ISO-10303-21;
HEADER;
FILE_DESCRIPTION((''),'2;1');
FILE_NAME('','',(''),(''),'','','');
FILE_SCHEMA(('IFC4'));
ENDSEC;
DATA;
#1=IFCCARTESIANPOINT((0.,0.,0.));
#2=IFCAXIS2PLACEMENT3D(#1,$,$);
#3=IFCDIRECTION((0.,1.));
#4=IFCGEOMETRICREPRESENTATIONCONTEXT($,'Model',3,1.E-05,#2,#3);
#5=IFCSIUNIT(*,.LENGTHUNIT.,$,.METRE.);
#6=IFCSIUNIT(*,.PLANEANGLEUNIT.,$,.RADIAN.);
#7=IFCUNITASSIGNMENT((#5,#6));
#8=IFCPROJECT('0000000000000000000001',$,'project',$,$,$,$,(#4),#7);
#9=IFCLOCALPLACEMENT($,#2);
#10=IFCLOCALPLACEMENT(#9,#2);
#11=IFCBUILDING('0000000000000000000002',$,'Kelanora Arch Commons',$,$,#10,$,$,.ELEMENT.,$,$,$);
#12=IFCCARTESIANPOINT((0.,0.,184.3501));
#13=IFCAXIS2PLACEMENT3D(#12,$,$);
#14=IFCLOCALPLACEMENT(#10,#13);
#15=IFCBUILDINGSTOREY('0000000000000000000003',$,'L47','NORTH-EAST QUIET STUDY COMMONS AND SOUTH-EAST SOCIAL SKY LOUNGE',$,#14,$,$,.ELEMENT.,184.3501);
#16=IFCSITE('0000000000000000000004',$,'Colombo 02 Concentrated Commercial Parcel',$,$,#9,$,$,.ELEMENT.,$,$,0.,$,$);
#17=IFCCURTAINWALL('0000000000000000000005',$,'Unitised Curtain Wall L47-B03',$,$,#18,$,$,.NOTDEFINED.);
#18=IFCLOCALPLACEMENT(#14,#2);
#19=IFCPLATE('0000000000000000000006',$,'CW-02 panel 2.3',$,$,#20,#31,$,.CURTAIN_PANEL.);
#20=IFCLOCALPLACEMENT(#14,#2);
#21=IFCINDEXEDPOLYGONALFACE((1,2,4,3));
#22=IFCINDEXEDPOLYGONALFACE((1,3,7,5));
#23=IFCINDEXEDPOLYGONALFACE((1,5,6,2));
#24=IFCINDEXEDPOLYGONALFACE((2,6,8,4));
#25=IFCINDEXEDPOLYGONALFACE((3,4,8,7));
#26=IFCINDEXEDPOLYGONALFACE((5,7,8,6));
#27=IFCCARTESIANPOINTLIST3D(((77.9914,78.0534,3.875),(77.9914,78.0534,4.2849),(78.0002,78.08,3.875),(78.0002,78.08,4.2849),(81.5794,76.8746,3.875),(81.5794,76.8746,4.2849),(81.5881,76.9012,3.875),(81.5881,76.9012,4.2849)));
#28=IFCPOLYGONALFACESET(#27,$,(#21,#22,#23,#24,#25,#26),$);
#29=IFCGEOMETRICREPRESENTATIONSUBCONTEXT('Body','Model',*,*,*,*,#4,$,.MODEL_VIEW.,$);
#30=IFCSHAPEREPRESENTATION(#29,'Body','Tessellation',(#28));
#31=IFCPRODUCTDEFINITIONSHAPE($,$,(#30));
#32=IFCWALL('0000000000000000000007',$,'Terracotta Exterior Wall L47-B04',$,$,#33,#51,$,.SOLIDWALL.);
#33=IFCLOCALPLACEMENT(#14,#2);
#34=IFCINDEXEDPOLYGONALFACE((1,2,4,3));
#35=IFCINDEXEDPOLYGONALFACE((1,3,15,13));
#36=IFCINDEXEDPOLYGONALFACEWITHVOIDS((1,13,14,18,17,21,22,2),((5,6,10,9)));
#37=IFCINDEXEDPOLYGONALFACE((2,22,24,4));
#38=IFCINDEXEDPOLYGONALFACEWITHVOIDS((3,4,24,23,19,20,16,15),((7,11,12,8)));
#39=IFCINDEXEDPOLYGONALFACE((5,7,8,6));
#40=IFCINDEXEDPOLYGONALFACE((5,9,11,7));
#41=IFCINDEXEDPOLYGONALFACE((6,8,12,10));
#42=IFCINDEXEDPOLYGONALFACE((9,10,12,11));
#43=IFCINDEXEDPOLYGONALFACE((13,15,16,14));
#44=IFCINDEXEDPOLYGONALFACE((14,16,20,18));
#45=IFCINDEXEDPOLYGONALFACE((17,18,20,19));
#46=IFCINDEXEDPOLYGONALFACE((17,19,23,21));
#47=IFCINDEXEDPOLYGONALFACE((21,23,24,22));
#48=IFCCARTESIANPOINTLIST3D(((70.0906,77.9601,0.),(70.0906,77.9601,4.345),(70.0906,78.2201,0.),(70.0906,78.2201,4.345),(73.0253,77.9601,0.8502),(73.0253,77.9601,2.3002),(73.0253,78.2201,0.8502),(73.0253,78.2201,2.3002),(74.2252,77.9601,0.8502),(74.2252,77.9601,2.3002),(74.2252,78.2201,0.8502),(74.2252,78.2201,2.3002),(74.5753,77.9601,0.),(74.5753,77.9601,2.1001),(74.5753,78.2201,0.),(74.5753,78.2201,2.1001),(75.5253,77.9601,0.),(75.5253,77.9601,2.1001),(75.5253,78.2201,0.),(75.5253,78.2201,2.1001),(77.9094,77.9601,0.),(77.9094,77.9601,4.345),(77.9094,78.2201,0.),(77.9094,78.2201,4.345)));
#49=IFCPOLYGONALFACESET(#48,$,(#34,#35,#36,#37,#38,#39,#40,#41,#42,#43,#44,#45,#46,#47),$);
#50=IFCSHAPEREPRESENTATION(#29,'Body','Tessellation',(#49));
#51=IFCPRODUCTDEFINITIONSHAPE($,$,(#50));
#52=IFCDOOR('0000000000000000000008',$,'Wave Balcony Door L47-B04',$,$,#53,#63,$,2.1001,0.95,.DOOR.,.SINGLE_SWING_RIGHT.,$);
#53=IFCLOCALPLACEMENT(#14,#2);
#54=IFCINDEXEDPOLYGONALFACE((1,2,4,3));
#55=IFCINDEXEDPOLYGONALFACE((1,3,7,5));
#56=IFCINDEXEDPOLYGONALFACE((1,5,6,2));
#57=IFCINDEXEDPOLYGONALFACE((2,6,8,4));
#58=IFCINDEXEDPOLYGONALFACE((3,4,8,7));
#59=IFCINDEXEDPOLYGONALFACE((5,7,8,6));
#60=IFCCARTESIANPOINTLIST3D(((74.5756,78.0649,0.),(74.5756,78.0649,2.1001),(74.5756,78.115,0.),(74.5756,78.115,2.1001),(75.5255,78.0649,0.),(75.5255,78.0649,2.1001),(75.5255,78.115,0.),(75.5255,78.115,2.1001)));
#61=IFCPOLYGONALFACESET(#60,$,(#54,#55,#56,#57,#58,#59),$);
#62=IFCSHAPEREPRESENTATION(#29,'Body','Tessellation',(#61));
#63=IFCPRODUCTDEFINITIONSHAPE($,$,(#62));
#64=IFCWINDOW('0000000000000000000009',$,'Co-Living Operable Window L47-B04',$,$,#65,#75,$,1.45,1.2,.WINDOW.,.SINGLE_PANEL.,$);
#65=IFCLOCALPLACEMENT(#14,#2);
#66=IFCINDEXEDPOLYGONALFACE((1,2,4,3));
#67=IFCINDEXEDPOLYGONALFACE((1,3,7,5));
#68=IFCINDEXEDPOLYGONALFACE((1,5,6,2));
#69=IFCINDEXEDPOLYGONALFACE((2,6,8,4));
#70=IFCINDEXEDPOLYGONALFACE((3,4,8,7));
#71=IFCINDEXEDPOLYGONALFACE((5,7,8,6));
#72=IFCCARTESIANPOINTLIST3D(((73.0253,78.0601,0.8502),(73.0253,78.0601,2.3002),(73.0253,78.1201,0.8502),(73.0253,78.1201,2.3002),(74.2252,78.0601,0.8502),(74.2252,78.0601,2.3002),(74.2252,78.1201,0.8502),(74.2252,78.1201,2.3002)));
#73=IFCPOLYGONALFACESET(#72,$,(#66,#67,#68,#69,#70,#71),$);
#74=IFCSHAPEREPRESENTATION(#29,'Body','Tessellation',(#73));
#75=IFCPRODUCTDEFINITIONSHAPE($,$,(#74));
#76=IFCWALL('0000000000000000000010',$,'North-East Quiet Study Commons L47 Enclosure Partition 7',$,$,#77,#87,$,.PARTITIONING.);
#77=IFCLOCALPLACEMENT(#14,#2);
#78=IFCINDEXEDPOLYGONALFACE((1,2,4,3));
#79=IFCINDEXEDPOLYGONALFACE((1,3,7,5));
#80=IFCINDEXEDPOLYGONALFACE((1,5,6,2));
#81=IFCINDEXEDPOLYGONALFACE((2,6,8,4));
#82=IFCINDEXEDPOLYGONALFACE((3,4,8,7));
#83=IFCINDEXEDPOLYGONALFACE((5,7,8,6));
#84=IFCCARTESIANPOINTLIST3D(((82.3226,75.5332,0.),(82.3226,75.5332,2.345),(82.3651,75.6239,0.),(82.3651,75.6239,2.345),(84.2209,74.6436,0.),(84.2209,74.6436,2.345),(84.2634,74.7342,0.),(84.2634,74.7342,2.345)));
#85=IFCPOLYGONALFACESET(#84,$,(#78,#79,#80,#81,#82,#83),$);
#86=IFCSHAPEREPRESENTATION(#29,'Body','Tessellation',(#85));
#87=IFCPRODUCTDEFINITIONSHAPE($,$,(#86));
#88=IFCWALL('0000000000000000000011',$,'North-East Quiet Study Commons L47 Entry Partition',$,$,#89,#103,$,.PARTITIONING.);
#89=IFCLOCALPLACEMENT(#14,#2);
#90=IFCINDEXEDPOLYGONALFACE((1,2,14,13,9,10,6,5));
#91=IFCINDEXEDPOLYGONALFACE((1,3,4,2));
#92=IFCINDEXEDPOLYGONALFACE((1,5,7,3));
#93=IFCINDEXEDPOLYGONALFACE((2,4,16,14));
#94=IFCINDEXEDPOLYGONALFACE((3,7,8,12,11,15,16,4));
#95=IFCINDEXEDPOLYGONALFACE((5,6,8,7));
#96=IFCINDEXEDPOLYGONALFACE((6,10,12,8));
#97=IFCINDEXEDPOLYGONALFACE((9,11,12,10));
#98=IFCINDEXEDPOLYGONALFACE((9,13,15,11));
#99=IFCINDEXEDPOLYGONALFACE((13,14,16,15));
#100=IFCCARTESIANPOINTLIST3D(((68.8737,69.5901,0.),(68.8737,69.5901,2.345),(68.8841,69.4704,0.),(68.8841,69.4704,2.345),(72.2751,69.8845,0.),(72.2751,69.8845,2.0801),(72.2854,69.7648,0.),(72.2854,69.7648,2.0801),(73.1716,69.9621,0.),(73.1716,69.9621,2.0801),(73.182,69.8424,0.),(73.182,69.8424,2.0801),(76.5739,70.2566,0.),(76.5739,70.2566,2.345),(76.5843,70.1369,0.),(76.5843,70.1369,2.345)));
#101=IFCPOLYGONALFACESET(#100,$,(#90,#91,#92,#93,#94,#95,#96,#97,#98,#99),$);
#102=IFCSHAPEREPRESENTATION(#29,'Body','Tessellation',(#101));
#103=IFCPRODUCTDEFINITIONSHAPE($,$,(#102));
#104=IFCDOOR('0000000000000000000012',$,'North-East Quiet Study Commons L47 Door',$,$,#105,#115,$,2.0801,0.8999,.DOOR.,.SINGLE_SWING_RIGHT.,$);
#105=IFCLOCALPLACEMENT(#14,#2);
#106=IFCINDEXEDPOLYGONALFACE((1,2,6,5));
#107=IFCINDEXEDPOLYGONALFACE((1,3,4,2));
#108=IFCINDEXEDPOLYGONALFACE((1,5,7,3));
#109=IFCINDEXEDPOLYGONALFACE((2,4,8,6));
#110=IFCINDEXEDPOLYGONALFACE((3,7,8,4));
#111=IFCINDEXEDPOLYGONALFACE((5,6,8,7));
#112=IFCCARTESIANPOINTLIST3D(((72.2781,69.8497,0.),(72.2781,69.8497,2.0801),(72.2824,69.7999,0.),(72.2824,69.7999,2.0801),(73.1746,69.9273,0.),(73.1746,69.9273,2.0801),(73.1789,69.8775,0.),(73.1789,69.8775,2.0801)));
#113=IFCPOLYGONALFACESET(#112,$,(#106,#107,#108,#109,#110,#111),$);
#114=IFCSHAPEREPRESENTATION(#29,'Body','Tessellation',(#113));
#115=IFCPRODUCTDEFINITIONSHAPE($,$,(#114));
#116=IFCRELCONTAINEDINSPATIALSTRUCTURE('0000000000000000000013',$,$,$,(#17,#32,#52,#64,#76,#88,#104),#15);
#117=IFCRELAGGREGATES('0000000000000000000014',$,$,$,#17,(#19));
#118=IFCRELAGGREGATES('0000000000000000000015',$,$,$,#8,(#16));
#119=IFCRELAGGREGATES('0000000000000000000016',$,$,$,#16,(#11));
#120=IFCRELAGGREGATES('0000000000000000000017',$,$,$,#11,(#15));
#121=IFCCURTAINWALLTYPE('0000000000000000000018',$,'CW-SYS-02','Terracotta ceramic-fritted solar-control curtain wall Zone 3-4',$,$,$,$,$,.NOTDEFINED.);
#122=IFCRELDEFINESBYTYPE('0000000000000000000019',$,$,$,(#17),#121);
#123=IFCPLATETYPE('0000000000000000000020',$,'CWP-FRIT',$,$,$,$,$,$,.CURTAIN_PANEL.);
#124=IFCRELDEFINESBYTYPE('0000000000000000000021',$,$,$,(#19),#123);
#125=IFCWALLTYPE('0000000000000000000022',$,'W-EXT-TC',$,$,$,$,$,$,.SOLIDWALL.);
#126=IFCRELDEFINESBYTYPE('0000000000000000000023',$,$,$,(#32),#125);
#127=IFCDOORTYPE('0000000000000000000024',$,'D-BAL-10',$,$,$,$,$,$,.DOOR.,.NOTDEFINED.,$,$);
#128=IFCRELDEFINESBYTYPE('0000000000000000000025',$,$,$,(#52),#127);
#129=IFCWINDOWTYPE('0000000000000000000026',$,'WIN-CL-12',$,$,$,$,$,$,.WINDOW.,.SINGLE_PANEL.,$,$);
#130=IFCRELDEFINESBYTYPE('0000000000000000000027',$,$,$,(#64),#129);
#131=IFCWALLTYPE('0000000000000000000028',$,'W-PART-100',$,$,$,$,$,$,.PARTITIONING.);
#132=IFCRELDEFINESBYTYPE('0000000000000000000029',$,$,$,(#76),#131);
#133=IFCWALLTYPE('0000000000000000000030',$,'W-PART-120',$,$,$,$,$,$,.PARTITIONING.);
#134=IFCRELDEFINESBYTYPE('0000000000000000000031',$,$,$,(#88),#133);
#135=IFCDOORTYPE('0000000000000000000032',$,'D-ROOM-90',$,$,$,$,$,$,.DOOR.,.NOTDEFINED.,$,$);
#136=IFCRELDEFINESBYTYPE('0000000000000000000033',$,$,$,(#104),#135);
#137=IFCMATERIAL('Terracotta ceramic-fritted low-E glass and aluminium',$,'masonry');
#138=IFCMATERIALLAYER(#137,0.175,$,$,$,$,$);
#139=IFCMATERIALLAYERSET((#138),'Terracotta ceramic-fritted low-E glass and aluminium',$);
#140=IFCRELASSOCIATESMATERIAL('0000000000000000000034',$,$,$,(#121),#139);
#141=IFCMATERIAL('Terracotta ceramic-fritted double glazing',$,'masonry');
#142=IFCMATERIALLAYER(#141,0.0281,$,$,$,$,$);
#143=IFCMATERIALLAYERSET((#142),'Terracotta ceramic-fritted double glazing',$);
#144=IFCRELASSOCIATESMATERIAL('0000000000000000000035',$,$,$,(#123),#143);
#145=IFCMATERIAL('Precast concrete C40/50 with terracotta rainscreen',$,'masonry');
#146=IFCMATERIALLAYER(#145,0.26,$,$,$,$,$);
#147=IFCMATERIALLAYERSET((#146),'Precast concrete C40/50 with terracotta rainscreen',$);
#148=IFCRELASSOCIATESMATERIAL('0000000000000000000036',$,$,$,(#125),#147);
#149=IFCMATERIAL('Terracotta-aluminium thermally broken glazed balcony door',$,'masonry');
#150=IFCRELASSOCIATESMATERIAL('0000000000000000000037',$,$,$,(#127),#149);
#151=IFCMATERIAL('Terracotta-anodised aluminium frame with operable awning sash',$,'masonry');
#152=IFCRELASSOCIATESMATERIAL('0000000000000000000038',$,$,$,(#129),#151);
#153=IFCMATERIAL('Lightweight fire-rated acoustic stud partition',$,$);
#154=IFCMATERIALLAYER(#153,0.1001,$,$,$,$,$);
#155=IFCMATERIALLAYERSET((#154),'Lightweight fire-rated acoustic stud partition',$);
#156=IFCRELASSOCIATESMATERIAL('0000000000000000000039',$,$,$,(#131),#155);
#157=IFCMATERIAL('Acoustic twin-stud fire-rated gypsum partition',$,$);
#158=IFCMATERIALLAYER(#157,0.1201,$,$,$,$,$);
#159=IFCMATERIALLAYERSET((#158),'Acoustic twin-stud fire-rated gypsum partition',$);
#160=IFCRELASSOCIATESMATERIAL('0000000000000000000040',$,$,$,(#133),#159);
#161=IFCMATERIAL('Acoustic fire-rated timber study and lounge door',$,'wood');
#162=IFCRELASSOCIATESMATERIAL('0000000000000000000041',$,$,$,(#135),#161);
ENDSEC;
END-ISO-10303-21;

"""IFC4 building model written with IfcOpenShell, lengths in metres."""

from ifc_helpers import new_model, si_unit, direction, frame, frame_2d, origin, origin_2d, place, context, subcontext, project, spatial, rectangle, extrude, source, transform, mapped, material, layer, layer_set, type_object, element, fill, aggregate, save


model = new_model("IFC4")

# Units and contexts
model_context = context("Model", 3, precision=1e-05, world=origin(), true_north=direction((0.0, 1.0)))
body_context = subcontext(model_context, "Body", "Model", "MODEL_VIEW")
ifc_project = project(units=[si_unit("LENGTHUNIT", "METRE"), si_unit("PLANEANGLEUNIT", "RADIAN")], contexts=[model_context])

# Site, building, storey
site_placement = place(None, origin())
site = spatial("IfcSite", under=ifc_project, at=site_placement, Name="Colombo 02 Concentrated Commercial Parcel", CompositionType="ELEMENT", RefElevation=0.0)
building_placement = place(site_placement, origin())
building = spatial("IfcBuilding", under=site, at=building_placement, Name="Kelanora Arch Commons", CompositionType="ELEMENT")
storey_placement = place(building_placement, frame((0.0, 0.0, 184.3501)))
storey = spatial("IfcBuildingStorey", under=building, at=storey_placement, Name="L47", Description="NORTH-EAST QUIET STUDY COMMONS AND SOUTH-EAST SOCIAL SKY LOUNGE", CompositionType="ELEMENT", Elevation=184.3501)

# Curtain wall, plate
ifc_material_1 = material(Name="Terracotta ceramic-fritted low-E glass and aluminium", Category="masonry")
ifc_layer_1 = layer(ifc_material_1, 0.175)
ifc_layer_set_1 = layer_set([ifc_layer_1], Name="Terracotta ceramic-fritted low-E glass and aluminium")
curtain_wall_type = type_object("IfcCurtainWallType", Name="CW-SYS-02", Description="Terracotta ceramic-fritted solar-control curtain wall Zone 3-4", PredefinedType="NOTDEFINED", material=ifc_layer_set_1)
curtain_wall_placement = place(storey_placement, origin())
curtain_wall = element("IfcCurtainWall", 1, at=curtain_wall_placement, inside=storey, type_object=curtain_wall_type, Name="Unitised Curtain Wall L47-B03", PredefinedType="NOTDEFINED")
ifc_material_2 = material(Name="Terracotta ceramic-fritted double glazing", Category="masonry")
ifc_layer_2 = layer(ifc_material_2, 0.0281)
ifc_layer_set_2 = layer_set([ifc_layer_2], Name="Terracotta ceramic-fritted double glazing")
plate_type = type_object("IfcPlateType", Name="CWP-FRIT", PredefinedType="CURTAIN_PANEL", material=ifc_layer_set_2)
shared_shape_1 = source(origin(), body_context, "Body", "SweptSolid", [
    extrude(rectangle(XDim=3.7766, YDim=0.0281, at=origin_2d()), origin(), (0.0, 0.0, 1.0), 0.4099),
])
plate_1_placement = place(storey_placement, frame((79.7898, 77.4773, 3.875), z_axis=(0.0, 0.0, 1.0), x_axis=(-0.95004, 0.312128, 0.0)))
plate_1 = element("IfcPlate", 2, at=plate_1_placement, type_object=plate_type, Name="CW-02 panel 2.3", PredefinedType="CURTAIN_PANEL", context=body_context, shape_type="MappedRepresentation", body=[
    mapped(shared_shape_1, transform((0.0, 0.0, 0.0), scale=1.0)),
])
aggregate(curtain_wall, [plate_1])

# Wall, openings, door, window
ifc_material_3 = material(Name="Precast concrete C40/50 with terracotta rainscreen", Category="masonry")
ifc_layer_3 = layer(ifc_material_3, 0.26)
ifc_layer_set_3 = layer_set([ifc_layer_3], Name="Precast concrete C40/50 with terracotta rainscreen")
wall_type_1 = type_object("IfcWallType", Name="W-EXT-TC", PredefinedType="SOLIDWALL", material=ifc_layer_set_3)
wall_1_placement = place(storey_placement, frame((77.9094, 78.0901, 0.0), z_axis=(0.0, 0.0, 1.0), x_axis=(-1.0, 0.0, 0.0)))
wall_1 = element("IfcWall", 3, at=wall_1_placement, inside=storey, type_object=wall_type_1, Name="Terracotta Exterior Wall L47-B04", PredefinedType="SOLIDWALL", context=body_context, shape_type="SweptSolid", body=[
    extrude(rectangle(XDim=7.8188, YDim=0.26, at=frame_2d((3.9094, 0.0))), origin(), (0.0, 0.0, 1.0), 4.345),
])
opening_1_placement = place(wall_1_placement, frame((2.384, 0.0, 0.0)))
opening_1 = element("IfcOpeningElement", 4, at=opening_1_placement, cuts=wall_1, PredefinedType="OPENING", context=body_context, shape_type="SweptSolid", body=[
    extrude(rectangle(XDim=0.95, YDim=2.1001, at=frame_2d((0.4751, 1.05))), frame((0.0, 0.1401, 0.0), z_axis=(0.0, -1.0, 0.0), x_axis=(1.0, 0.0, 0.0)), (0.0, 0.0, 1.0), 0.28),
])
opening_2_placement = place(wall_1_placement, frame((3.6841, 0.0, 0.8501)))
opening_2 = element("IfcOpeningElement", 5, at=opening_2_placement, cuts=wall_1, PredefinedType="OPENING", context=body_context, shape_type="SweptSolid", body=[
    extrude(rectangle(XDim=1.2, YDim=1.45, at=frame_2d((0.6001, 0.7251))), frame((0.0, 0.1401, 0.0), z_axis=(0.0, -1.0, 0.0), x_axis=(1.0, 0.0, 0.0)), (0.0, 0.0, 1.0), 0.28),
])
ifc_material_4 = material(Name="Terracotta-aluminium thermally broken glazed balcony door", Category="masonry")
door_type_1 = type_object("IfcDoorType", Name="D-BAL-10", OperationType="NOTDEFINED", PredefinedType="DOOR", material=ifc_material_4)
door_1_placement = place(opening_1_placement, frame((0.95, 0.0, 0.0), z_axis=(0.0, 0.0, 1.0), x_axis=(-1.0, 0.0, 0.0)))
door_1 = element("IfcDoor", 6, at=door_1_placement, inside=storey, type_object=door_type_1, Name="Wave Balcony Door L47-B04", OperationType="SINGLE_SWING_RIGHT", OverallHeight=2.1001, OverallWidth=0.95, PredefinedType="DOOR", context=body_context, shape_type="SweptSolid", body=[
    extrude(rectangle(XDim=0.95, YDim=2.1001, at=frame_2d((0.4751, 1.05))), frame((0.0, 0.0249, 0.0), z_axis=(0.0, -1.0, 0.0), x_axis=(1.0, 0.0, 0.0)), (0.0, 0.0, 1.0), 0.05),
])
fill(opening_1, door_1)
ifc_material_5 = material(Name="Terracotta-anodised aluminium frame with operable awning sash", Category="masonry")
window_type = type_object("IfcWindowType", Name="WIN-CL-12", PartitioningType="SINGLE_PANEL", PredefinedType="WINDOW", material=ifc_material_5)
window_placement = place(opening_2_placement, origin())
window = element("IfcWindow", 7, at=window_placement, inside=storey, type_object=window_type, Name="Co-Living Operable Window L47-B04", OverallHeight=1.45, OverallWidth=1.2, PartitioningType="SINGLE_PANEL", PredefinedType="WINDOW", context=body_context, shape_type="SweptSolid", body=[
    extrude(rectangle(XDim=1.2, YDim=1.45, at=frame_2d((0.6001, 0.7251))), frame((0.0, 0.03, 0.0), z_axis=(0.0, -1.0, 0.0), x_axis=(1.0, 0.0, 0.0)), (0.0, 0.0, 1.0), 0.0601),
])
fill(opening_2, window)

# Wall
ifc_material_6 = material(Name="Lightweight fire-rated acoustic stud partition")
ifc_layer_4 = layer(ifc_material_6, 0.1001)
ifc_layer_set_4 = layer_set([ifc_layer_4], Name="Lightweight fire-rated acoustic stud partition")
wall_type_2 = type_object("IfcWallType", Name="W-PART-100", PredefinedType="PARTITIONING", material=ifc_layer_set_4)
wall_2_placement = place(storey_placement, frame((82.3438, 75.5786, 0.0), z_axis=(0.0, 0.0, 1.0), x_axis=(0.905483, -0.424383, 0.0)))
element("IfcWall", 8, at=wall_2_placement, inside=storey, type_object=wall_type_2, Name="North-East Quiet Study Commons L47 Enclosure Partition 7", PredefinedType="PARTITIONING", context=body_context, shape_type="SweptSolid", body=[
    extrude(rectangle(XDim=2.0964, YDim=0.1001, at=frame_2d((1.0483, 0.0))), origin(), (0.0, 0.0, 1.0), 2.345),
])

# Wall, opening, door
ifc_material_7 = material(Name="Acoustic twin-stud fire-rated gypsum partition")
ifc_layer_5 = layer(ifc_material_7, 0.1201)
ifc_layer_set_5 = layer_set([ifc_layer_5], Name="Acoustic twin-stud fire-rated gypsum partition")
wall_type_3 = type_object("IfcWallType", Name="W-PART-120", PredefinedType="PARTITIONING", material=ifc_layer_set_5)
wall_3_placement = place(storey_placement, frame((76.5791, 70.1968, 0.0), z_axis=(0.0, 0.0, 1.0), x_axis=(-0.996275, -0.086234, 0.0)))
wall_3 = element("IfcWall", 9, at=wall_3_placement, inside=storey, type_object=wall_type_3, Name="North-East Quiet Study Commons L47 Entry Partition", PredefinedType="PARTITIONING", context=body_context, shape_type="SweptSolid", body=[
    extrude(rectangle(XDim=7.729, YDim=0.1201, at=frame_2d((3.8645, 0.0))), origin(), (0.0, 0.0, 1.0), 2.345),
])
opening_3_placement = place(wall_3_placement, frame((3.415, 0.0, 0.0)))
opening_3 = element("IfcOpeningElement", 10, at=opening_3_placement, cuts=wall_3, PredefinedType="OPENING", context=body_context, shape_type="SweptSolid", body=[
    extrude(rectangle(XDim=0.8999, YDim=2.0801, at=frame_2d((0.45, 1.04))), frame((0.0, 0.0701, 0.0), z_axis=(0.0, -1.0, 0.0), x_axis=(1.0, 0.0, 0.0)), (0.0, 0.0, 1.0), 0.1401),
])
ifc_material_8 = material(Name="Acoustic fire-rated timber study and lounge door", Category="wood")
door_type_2 = type_object("IfcDoorType", Name="D-ROOM-90", OperationType="NOTDEFINED", PredefinedType="DOOR", material=ifc_material_8)
door_2_placement = place(opening_3_placement, origin())
door_2 = element("IfcDoor", 11, at=door_2_placement, inside=storey, type_object=door_type_2, Name="North-East Quiet Study Commons L47 Door", OperationType="SINGLE_SWING_RIGHT", OverallHeight=2.0801, OverallWidth=0.8999, PredefinedType="DOOR", context=body_context, shape_type="SweptSolid", body=[
    extrude(rectangle(XDim=0.8999, YDim=2.0801, at=frame_2d((0.45, 1.04))), frame((0.0, 0.0249, 0.0), z_axis=(0.0, -1.0, 0.0), x_axis=(1.0, 0.0, 0.0)), (0.0, 0.0, 1.0), 0.05),
])
fill(opening_3, door_2)

save(model, "model.ifc")
